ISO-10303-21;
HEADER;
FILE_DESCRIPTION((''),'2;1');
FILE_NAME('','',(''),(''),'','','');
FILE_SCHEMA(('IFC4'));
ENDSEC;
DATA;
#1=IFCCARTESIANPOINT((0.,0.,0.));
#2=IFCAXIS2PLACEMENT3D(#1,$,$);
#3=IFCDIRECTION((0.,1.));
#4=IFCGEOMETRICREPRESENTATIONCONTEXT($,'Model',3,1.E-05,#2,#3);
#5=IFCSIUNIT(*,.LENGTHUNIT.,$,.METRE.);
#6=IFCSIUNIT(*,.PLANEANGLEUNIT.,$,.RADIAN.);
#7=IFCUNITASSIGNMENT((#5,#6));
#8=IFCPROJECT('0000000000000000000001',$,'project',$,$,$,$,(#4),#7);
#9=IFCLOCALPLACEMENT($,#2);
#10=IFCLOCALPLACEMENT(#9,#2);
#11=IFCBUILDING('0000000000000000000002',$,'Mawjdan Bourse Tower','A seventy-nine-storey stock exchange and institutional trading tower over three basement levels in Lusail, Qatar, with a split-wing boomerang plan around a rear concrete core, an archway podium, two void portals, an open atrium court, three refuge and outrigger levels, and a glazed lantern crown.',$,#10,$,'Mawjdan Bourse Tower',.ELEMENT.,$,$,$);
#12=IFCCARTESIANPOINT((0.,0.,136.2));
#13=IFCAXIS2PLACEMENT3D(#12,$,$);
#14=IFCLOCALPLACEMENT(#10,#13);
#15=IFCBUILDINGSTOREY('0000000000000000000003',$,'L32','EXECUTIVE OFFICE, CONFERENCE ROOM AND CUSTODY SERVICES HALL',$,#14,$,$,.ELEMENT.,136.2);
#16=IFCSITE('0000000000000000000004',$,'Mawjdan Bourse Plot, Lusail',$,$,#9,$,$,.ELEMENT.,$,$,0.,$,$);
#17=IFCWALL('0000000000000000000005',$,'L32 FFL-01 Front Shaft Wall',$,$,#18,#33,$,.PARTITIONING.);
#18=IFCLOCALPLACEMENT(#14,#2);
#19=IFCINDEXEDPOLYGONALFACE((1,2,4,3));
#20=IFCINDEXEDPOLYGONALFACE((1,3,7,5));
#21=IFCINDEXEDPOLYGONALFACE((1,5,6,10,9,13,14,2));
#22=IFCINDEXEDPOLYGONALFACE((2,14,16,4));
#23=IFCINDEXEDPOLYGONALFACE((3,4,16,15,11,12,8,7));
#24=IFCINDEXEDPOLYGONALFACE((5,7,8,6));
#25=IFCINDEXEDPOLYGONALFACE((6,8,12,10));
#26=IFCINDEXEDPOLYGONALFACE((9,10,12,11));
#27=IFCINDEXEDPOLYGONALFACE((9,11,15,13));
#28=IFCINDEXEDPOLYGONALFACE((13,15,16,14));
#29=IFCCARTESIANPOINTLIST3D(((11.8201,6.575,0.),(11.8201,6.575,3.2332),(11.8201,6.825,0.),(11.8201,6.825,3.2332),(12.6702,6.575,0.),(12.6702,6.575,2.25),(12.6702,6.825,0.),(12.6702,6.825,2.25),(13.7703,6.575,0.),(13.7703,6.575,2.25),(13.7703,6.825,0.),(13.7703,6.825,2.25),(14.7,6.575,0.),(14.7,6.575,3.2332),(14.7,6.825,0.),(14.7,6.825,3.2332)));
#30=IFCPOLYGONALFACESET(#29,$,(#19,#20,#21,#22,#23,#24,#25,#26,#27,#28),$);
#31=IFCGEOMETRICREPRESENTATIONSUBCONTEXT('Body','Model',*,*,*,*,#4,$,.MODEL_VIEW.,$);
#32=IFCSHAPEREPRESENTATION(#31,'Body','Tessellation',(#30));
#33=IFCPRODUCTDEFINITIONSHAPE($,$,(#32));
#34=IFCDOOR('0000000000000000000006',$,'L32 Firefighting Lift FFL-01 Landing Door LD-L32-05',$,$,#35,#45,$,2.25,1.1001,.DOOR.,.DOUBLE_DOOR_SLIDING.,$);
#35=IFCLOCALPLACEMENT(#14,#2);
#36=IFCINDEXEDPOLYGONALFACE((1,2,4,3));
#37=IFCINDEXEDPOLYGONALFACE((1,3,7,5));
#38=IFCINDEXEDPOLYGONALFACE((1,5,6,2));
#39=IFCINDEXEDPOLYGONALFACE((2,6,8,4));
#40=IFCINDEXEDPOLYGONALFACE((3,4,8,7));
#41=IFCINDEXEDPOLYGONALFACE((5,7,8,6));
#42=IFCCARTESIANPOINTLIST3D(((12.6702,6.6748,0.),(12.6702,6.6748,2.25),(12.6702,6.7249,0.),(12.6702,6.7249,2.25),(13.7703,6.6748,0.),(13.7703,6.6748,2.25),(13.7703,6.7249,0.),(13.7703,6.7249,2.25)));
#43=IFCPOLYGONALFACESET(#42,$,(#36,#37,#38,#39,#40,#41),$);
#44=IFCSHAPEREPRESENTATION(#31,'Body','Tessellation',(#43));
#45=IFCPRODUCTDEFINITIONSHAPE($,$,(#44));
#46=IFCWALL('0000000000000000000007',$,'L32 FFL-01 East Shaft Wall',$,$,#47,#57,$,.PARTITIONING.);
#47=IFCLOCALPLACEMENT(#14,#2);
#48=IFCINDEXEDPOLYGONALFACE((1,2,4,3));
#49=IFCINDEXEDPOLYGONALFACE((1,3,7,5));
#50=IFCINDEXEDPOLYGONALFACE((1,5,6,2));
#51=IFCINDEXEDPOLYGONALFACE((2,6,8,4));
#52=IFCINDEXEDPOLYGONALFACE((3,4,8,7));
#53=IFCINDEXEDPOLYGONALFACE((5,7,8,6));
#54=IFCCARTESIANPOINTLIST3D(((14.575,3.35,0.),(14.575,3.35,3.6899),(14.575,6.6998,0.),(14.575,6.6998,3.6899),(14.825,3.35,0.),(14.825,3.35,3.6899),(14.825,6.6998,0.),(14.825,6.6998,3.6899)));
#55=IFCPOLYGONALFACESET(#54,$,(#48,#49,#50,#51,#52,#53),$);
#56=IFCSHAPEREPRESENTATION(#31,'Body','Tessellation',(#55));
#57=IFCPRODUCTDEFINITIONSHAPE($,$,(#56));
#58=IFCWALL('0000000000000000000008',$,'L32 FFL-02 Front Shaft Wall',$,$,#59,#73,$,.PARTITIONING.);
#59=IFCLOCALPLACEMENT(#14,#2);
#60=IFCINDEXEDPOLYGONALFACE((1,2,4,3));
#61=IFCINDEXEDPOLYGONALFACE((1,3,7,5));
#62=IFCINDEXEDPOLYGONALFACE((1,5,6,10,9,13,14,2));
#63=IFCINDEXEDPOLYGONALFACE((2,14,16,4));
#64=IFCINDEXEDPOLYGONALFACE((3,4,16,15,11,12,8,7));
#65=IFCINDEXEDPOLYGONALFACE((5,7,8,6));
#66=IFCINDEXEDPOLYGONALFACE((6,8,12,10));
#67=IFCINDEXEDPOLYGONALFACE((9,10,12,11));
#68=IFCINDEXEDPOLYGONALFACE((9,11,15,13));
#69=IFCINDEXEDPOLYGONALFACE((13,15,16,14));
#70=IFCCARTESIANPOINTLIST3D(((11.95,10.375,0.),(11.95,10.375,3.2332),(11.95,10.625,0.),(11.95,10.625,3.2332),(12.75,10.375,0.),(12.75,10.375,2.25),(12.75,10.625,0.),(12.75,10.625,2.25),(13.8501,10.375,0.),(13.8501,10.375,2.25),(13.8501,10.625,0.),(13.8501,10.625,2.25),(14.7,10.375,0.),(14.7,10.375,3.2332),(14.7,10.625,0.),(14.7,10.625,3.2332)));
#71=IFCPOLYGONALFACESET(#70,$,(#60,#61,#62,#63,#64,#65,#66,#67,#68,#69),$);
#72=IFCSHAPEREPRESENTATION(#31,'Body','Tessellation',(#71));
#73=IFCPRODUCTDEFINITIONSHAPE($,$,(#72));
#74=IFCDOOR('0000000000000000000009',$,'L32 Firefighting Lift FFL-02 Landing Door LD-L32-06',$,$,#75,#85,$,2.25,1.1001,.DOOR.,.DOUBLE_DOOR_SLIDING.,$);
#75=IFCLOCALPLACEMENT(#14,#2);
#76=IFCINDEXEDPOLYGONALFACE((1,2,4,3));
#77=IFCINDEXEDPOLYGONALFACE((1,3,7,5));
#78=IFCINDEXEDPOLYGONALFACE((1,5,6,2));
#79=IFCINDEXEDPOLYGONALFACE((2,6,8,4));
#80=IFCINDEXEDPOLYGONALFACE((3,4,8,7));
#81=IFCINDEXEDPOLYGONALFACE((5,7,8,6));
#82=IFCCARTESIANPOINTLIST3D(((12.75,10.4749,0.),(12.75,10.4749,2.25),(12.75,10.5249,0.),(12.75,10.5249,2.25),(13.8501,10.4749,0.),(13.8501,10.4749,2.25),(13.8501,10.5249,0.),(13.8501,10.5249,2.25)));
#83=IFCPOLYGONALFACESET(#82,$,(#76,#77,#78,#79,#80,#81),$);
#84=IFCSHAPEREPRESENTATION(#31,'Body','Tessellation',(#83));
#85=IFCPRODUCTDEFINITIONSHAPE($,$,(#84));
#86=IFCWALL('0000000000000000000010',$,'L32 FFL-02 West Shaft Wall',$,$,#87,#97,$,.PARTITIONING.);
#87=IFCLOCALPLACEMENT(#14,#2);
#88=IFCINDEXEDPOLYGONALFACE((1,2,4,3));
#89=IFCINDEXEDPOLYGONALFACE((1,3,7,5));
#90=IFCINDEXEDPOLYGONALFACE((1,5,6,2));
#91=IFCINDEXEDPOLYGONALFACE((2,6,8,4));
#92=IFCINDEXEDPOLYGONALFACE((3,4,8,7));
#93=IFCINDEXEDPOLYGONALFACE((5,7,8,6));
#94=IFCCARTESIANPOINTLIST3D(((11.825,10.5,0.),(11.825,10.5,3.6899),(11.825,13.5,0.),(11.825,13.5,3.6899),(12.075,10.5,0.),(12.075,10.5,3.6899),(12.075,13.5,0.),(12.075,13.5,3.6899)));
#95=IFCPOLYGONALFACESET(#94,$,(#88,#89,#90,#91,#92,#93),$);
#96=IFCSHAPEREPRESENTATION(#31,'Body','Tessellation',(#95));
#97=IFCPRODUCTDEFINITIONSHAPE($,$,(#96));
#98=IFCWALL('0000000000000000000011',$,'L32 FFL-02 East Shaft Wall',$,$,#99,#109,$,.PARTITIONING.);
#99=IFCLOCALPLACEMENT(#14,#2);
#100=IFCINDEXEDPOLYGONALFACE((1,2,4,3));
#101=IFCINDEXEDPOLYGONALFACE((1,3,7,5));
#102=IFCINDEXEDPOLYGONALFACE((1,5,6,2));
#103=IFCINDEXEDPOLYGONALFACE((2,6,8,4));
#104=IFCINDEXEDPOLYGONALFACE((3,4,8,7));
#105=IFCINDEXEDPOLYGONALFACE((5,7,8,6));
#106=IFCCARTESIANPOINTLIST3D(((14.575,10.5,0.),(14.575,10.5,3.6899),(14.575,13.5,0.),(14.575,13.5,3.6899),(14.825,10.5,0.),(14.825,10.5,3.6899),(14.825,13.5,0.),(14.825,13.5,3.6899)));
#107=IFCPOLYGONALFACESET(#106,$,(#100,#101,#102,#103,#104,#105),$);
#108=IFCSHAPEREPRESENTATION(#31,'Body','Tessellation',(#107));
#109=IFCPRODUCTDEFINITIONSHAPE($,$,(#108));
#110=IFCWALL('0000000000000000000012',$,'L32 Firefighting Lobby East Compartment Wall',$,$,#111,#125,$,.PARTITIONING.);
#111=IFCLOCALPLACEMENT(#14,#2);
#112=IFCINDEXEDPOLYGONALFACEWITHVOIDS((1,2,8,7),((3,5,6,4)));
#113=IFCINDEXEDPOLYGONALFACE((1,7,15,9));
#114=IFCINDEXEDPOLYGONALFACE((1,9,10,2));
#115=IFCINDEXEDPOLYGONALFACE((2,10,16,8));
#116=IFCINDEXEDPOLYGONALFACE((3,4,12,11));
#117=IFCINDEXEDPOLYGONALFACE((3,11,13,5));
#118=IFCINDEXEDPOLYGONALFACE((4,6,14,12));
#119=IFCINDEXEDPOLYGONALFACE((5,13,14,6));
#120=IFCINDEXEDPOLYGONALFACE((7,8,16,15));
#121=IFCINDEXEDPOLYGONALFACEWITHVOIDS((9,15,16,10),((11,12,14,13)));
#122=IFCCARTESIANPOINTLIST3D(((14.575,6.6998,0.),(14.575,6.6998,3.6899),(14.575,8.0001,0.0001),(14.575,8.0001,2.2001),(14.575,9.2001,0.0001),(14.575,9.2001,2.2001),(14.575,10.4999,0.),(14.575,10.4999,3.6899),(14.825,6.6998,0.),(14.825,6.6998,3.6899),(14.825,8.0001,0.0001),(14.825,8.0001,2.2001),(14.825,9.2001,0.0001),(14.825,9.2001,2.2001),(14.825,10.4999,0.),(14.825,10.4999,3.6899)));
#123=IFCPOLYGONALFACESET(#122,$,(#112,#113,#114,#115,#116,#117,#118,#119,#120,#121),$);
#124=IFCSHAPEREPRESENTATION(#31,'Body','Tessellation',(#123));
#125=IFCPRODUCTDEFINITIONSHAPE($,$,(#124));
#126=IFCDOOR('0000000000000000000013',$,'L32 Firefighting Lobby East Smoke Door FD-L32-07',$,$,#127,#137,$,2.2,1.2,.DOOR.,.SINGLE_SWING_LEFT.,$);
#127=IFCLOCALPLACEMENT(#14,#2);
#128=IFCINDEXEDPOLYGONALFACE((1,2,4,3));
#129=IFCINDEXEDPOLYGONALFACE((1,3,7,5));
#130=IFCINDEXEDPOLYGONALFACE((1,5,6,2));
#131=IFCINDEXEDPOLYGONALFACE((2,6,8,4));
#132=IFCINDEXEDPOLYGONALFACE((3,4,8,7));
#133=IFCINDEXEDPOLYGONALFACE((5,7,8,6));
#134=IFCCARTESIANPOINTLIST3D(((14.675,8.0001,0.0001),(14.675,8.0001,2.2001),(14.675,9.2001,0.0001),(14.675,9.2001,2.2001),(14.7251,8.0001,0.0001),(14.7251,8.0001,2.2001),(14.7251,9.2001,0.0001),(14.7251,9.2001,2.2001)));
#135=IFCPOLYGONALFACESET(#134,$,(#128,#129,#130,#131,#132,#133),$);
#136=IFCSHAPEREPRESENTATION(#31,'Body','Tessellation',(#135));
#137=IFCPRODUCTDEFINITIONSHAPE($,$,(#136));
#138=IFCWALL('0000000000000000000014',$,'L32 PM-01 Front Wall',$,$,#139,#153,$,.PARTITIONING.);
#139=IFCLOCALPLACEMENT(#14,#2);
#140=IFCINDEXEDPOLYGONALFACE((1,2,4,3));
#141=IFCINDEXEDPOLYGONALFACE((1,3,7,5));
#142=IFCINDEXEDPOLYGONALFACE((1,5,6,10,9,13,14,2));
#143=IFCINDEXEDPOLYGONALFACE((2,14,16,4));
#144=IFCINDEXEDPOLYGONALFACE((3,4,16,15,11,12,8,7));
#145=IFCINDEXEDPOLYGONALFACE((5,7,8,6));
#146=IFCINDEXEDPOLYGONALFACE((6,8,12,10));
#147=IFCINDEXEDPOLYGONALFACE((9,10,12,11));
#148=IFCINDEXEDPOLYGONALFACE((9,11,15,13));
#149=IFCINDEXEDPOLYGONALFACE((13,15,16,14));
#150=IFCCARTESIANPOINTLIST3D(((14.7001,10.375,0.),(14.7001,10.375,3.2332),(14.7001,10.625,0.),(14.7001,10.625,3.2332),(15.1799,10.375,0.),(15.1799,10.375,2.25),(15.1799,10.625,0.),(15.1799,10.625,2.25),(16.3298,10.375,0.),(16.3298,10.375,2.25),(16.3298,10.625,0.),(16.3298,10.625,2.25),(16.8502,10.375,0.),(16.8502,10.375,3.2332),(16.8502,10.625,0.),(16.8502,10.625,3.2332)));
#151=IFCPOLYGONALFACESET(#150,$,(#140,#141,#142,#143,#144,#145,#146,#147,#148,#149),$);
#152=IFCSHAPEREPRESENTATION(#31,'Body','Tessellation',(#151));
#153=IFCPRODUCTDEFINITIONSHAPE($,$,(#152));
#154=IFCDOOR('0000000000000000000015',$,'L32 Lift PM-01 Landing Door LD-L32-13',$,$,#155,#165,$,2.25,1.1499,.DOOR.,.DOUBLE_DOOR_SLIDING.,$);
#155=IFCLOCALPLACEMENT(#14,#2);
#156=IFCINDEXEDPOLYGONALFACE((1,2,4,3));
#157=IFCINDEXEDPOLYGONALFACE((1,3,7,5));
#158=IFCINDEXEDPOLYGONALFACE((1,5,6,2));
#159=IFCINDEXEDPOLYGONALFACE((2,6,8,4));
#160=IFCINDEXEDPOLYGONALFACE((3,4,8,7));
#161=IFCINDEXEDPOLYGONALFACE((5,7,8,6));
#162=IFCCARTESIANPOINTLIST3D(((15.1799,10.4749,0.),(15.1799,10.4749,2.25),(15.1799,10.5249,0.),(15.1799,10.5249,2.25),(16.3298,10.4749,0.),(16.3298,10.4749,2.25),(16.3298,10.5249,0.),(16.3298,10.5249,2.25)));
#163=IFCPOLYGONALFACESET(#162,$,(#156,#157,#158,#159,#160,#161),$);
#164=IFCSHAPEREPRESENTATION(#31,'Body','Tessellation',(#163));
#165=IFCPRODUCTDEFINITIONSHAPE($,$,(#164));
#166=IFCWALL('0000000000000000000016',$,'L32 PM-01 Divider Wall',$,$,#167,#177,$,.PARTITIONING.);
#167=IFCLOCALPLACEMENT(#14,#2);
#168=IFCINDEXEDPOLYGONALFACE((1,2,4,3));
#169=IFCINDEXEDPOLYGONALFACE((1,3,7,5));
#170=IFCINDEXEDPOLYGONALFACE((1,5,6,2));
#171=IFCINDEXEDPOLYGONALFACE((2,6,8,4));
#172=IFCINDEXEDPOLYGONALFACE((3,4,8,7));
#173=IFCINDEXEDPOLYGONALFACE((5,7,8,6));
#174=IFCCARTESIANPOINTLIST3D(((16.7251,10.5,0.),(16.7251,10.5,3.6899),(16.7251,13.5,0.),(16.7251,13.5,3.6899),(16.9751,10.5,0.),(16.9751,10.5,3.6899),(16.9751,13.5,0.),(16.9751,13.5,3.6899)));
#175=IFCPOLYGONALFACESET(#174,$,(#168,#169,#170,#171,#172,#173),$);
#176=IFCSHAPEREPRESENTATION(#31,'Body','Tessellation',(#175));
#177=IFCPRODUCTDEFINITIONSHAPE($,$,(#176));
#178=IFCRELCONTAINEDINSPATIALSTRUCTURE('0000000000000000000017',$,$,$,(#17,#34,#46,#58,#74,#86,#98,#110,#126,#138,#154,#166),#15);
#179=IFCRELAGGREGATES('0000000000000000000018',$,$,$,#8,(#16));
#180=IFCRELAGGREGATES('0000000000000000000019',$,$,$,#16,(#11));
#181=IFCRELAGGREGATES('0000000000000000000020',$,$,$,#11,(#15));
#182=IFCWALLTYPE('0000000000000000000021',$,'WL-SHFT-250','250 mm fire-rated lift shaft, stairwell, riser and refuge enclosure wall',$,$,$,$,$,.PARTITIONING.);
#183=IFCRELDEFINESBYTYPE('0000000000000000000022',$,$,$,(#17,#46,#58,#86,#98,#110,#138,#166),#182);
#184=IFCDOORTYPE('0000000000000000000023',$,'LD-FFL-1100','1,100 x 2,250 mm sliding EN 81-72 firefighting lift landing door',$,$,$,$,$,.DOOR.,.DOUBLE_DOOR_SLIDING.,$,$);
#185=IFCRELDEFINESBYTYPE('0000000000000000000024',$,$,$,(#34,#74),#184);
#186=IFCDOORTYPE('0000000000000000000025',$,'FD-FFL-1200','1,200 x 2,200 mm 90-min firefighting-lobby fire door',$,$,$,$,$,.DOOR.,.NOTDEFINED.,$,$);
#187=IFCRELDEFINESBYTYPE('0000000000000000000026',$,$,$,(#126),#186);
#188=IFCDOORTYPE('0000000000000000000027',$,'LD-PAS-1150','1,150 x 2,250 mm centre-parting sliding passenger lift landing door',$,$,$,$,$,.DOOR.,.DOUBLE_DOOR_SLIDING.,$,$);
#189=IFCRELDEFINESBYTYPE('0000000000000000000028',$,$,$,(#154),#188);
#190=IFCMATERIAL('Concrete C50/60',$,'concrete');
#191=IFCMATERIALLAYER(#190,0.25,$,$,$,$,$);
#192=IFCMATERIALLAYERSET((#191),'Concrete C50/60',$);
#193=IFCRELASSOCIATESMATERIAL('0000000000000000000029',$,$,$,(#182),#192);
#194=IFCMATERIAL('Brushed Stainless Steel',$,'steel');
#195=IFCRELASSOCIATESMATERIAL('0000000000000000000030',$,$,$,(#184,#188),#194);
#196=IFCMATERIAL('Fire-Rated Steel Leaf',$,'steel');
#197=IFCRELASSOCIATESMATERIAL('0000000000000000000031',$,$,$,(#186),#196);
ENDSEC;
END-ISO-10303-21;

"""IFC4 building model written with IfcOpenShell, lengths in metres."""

from ifc_helpers import new_model, si_unit, direction, frame, frame_2d, origin, place, context, subcontext, project, spatial, rectangle, extrude, material, layer, layer_set, type_object, element, fill, save


model = new_model("IFC4")

# Units and contexts
model_context = context("Model", 3, precision=1e-05, world=origin(), true_north=direction((0.0, 1.0)))
body_context = subcontext(model_context, "Body", "Model", "MODEL_VIEW")
ifc_project = project(units=[si_unit("LENGTHUNIT", "METRE"), si_unit("PLANEANGLEUNIT", "RADIAN")], contexts=[model_context])

# Site, building, storey
site_placement = place(None, origin())
site = spatial("IfcSite", under=ifc_project, at=site_placement, Name="Mawjdan Bourse Plot, Lusail", CompositionType="ELEMENT", RefElevation=0.0)
building_placement = place(site_placement, origin())
building = spatial("IfcBuilding", under=site, at=building_placement, Name="Mawjdan Bourse Tower", Description="A seventy-nine-storey stock exchange and institutional trading tower over three basement levels in Lusail, Qatar, with a split-wing boomerang plan around a rear concrete core, an archway podium, two void portals, an open atrium court, three refuge and outrigger levels, and a glazed lantern crown.", LongName="Mawjdan Bourse Tower", CompositionType="ELEMENT")
storey_placement = place(building_placement, frame((0.0, 0.0, 136.2)))
storey = spatial("IfcBuildingStorey", under=building, at=storey_placement, Name="L32", Description="EXECUTIVE OFFICE, CONFERENCE ROOM AND CUSTODY SERVICES HALL", CompositionType="ELEMENT", Elevation=136.2)

# Shared definitions
ifc_material_1 = material(Name="Concrete C50/60", Category="concrete")
ifc_layer_1 = layer(ifc_material_1, 0.25)
ifc_layer_set_1 = layer_set([ifc_layer_1], Name="Concrete C50/60")
wall_type_1 = type_object("IfcWallType", Name="WL-SHFT-250", Description="250 mm fire-rated lift shaft, stairwell, riser and refuge enclosure wall", PredefinedType="PARTITIONING", material=ifc_layer_set_1)

# Wall, opening, door
wall_1_placement = place(storey_placement, frame((11.8201, 6.7, 0.0), z_axis=(0.0, 0.0, 1.0), x_axis=(1.0, 0.0, 0.0)))
wall_1 = element("IfcWall", 1, at=wall_1_placement, inside=storey, type_object=wall_type_1, Name="L32 FFL-01 Front Shaft Wall", PredefinedType="PARTITIONING", context=body_context, shape_type="SweptSolid", body=[
    extrude(rectangle(XDim=2.8799, YDim=0.25, at=frame_2d((1.4399, 0.0))), origin(), (0.0, 0.0, 1.0), 3.2332),
])
opening_1_placement = place(wall_1_placement, frame((0.8501, 0.0, 0.0)))
opening_1 = element("IfcOpeningElement", 2, at=opening_1_placement, cuts=wall_1, PredefinedType="OPENING", context=body_context, shape_type="SweptSolid", body=[
    extrude(rectangle(XDim=1.1001, YDim=2.25, at=frame_2d((0.55, 1.125))), frame((0.0, 0.135, 0.0), z_axis=(0.0, -1.0, 0.0), x_axis=(1.0, 0.0, 0.0)), (0.0, 0.0, 1.0), 0.27),
])
ifc_material_2 = material(Name="Brushed Stainless Steel", Category="steel")
door_type_1 = type_object("IfcDoorType", Name="LD-FFL-1100", Description="1,100 x 2,250 mm sliding EN 81-72 firefighting lift landing door", OperationType="DOUBLE_DOOR_SLIDING", PredefinedType="DOOR", material=ifc_material_2)
door_1_placement = place(opening_1_placement, origin())
door_1 = element("IfcDoor", 3, at=door_1_placement, inside=storey, type_object=door_type_1, Name="L32 Firefighting Lift FFL-01 Landing Door LD-L32-05", OperationType="DOUBLE_DOOR_SLIDING", OverallHeight=2.25, OverallWidth=1.1001, PredefinedType="DOOR", context=body_context, shape_type="SweptSolid", body=[
    extrude(rectangle(XDim=1.1001, YDim=2.25, at=frame_2d((0.55, 1.125))), frame((0.0, 0.0249, 0.0), z_axis=(0.0, -1.0, 0.0), x_axis=(1.0, 0.0, 0.0)), (0.0, 0.0, 1.0), 0.05),
])
fill(opening_1, door_1)

# Wall
wall_2_placement = place(storey_placement, frame((14.7, 3.3501, 0.0), z_axis=(0.0, 0.0, 1.0), x_axis=(0.0, 1.0, 0.0)))
element("IfcWall", 4, at=wall_2_placement, inside=storey, type_object=wall_type_1, Name="L32 FFL-01 East Shaft Wall", PredefinedType="PARTITIONING", context=body_context, shape_type="SweptSolid", body=[
    extrude(rectangle(XDim=3.3499, YDim=0.25, at=frame_2d((1.6748, 0.0))), origin(), (0.0, 0.0, 1.0), 3.6899),
])

# Wall, opening, door
wall_3_placement = place(storey_placement, frame((11.95, 10.5, 0.0), z_axis=(0.0, 0.0, 1.0), x_axis=(1.0, 0.0, 0.0)))
wall_3 = element("IfcWall", 5, at=wall_3_placement, inside=storey, type_object=wall_type_1, Name="L32 FFL-02 Front Shaft Wall", PredefinedType="PARTITIONING", context=body_context, shape_type="SweptSolid", body=[
    extrude(rectangle(XDim=2.75, YDim=0.25, at=frame_2d((1.375, 0.0))), origin(), (0.0, 0.0, 1.0), 3.2332),
])
opening_2_placement = place(wall_3_placement, frame((0.8, 0.0, 0.0)))
opening_2 = element("IfcOpeningElement", 6, at=opening_2_placement, cuts=wall_3, PredefinedType="OPENING", context=body_context, shape_type="SweptSolid", body=[
    extrude(rectangle(XDim=1.1001, YDim=2.25, at=frame_2d((0.55, 1.125))), frame((0.0, 0.135, 0.0), z_axis=(0.0, -1.0, 0.0), x_axis=(1.0, 0.0, 0.0)), (0.0, 0.0, 1.0), 0.27),
])
door_2_placement = place(opening_2_placement, origin())
door_2 = element("IfcDoor", 7, at=door_2_placement, inside=storey, type_object=door_type_1, Name="L32 Firefighting Lift FFL-02 Landing Door LD-L32-06", OperationType="DOUBLE_DOOR_SLIDING", OverallHeight=2.25, OverallWidth=1.1001, PredefinedType="DOOR", context=body_context, shape_type="SweptSolid", body=[
    extrude(rectangle(XDim=1.1001, YDim=2.25, at=frame_2d((0.55, 1.125))), frame((0.0, 0.0249, 0.0), z_axis=(0.0, -1.0, 0.0), x_axis=(1.0, 0.0, 0.0)), (0.0, 0.0, 1.0), 0.05),
])
fill(opening_2, door_2)

# Walls
for number, where, z_axis, x_axis, name in (
    (8, (11.95, 10.5, 0.0), (0.0, 0.0, 1.0), (0.0, 1.0, 0.0), "L32 FFL-02 West Shaft Wall"),
    (9, (14.7, 10.5, 0.0), (0.0, 0.0, 1.0), (0.0, 1.0, 0.0), "L32 FFL-02 East Shaft Wall"),
):
    element("IfcWall", number, at=place(storey_placement, frame(where, z_axis=z_axis, x_axis=x_axis)), inside=storey, type_object=wall_type_1, Name=name, PredefinedType="PARTITIONING", context=body_context, shape_type="SweptSolid", body=[
        extrude(rectangle(XDim=3.0, YDim=0.25, at=frame_2d((1.5, 0.0))), origin(), (0.0, 0.0, 1.0), 3.6899),
    ])

# Walls, openings, doors
wall_4_placement = place(storey_placement, frame((14.7, 6.7, 0.0), z_axis=(0.0, 0.0, 1.0), x_axis=(0.0, 1.0, 0.0)))
wall_4 = element("IfcWall", 10, at=wall_4_placement, inside=storey, type_object=wall_type_1, Name="L32 Firefighting Lobby East Compartment Wall", PredefinedType="PARTITIONING", context=body_context, shape_type="SweptSolid", body=[
    extrude(rectangle(XDim=3.8, YDim=0.25, at=frame_2d((1.8999, 0.0))), origin(), (0.0, 0.0, 1.0), 3.6899),
])
opening_3_placement = place(wall_4_placement, frame((1.3, 0.0, 0.0)))
opening_3 = element("IfcOpeningElement", 11, at=opening_3_placement, cuts=wall_4, PredefinedType="OPENING", context=body_context, shape_type="SweptSolid", body=[
    extrude(rectangle(XDim=1.2, YDim=2.2, at=frame_2d((0.6001, 1.1001))), frame((0.0, 0.135, 0.0), z_axis=(0.0, -1.0, 0.0), x_axis=(1.0, 0.0, 0.0)), (0.0, 0.0, 1.0), 0.27),
])
ifc_material_3 = material(Name="Fire-Rated Steel Leaf", Category="steel")
door_type_2 = type_object("IfcDoorType", Name="FD-FFL-1200", Description="1,200 x 2,200 mm 90-min firefighting-lobby fire door", OperationType="NOTDEFINED", PredefinedType="DOOR", material=ifc_material_3)
door_3_placement = place(opening_3_placement, origin())
door_3 = element("IfcDoor", 12, at=door_3_placement, inside=storey, type_object=door_type_2, Name="L32 Firefighting Lobby East Smoke Door FD-L32-07", OperationType="SINGLE_SWING_LEFT", OverallHeight=2.2, OverallWidth=1.2, PredefinedType="DOOR", context=body_context, shape_type="SweptSolid", body=[
    extrude(rectangle(XDim=1.2, YDim=2.2, at=frame_2d((0.6001, 1.1001))), frame((0.0, 0.0249, 0.0), z_axis=(0.0, -1.0, 0.0), x_axis=(1.0, 0.0, 0.0)), (0.0, 0.0, 1.0), 0.05),
])
fill(opening_3, door_3)
wall_5_placement = place(storey_placement, frame((14.7, 10.5, 0.0), z_axis=(0.0, 0.0, 1.0), x_axis=(1.0, 0.0, 0.0)))
wall_5 = element("IfcWall", 13, at=wall_5_placement, inside=storey, type_object=wall_type_1, Name="L32 PM-01 Front Wall", PredefinedType="PARTITIONING", context=body_context, shape_type="SweptSolid", body=[
    extrude(rectangle(XDim=2.1501, YDim=0.25, at=frame_2d((1.0752, 0.0))), origin(), (0.0, 0.0, 1.0), 3.2332),
])
opening_4_placement = place(wall_5_placement, frame((0.48, 0.0, 0.0)))
opening_4 = element("IfcOpeningElement", 14, at=opening_4_placement, cuts=wall_5, PredefinedType="OPENING", context=body_context, shape_type="SweptSolid", body=[
    extrude(rectangle(XDim=1.1499, YDim=2.25, at=frame_2d((0.575, 1.125))), frame((0.0, 0.135, 0.0), z_axis=(0.0, -1.0, 0.0), x_axis=(1.0, 0.0, 0.0)), (0.0, 0.0, 1.0), 0.27),
])
door_type_3 = type_object("IfcDoorType", Name="LD-PAS-1150", Description="1,150 x 2,250 mm centre-parting sliding passenger lift landing door", OperationType="DOUBLE_DOOR_SLIDING", PredefinedType="DOOR", material=ifc_material_2)
door_4_placement = place(opening_4_placement, origin())
door_4 = element("IfcDoor", 15, at=door_4_placement, inside=storey, type_object=door_type_3, Name="L32 Lift PM-01 Landing Door LD-L32-13", OperationType="DOUBLE_DOOR_SLIDING", OverallHeight=2.25, OverallWidth=1.1499, PredefinedType="DOOR", context=body_context, shape_type="SweptSolid", body=[
    extrude(rectangle(XDim=1.1499, YDim=2.25, at=frame_2d((0.575, 1.125))), frame((0.0, 0.0249, 0.0), z_axis=(0.0, -1.0, 0.0), x_axis=(1.0, 0.0, 0.0)), (0.0, 0.0, 1.0), 0.05),
])
fill(opening_4, door_4)

# Wall
wall_6_placement = place(storey_placement, frame((16.8501, 10.5, 0.0), z_axis=(0.0, 0.0, 1.0), x_axis=(0.0, 1.0, 0.0)))
element("IfcWall", 16, at=wall_6_placement, inside=storey, type_object=wall_type_1, Name="L32 PM-01 Divider Wall", PredefinedType="PARTITIONING", context=body_context, shape_type="SweptSolid", body=[
    extrude(rectangle(XDim=3.0, YDim=0.25, at=frame_2d((1.5, 0.0))), origin(), (0.0, 0.0, 1.0), 3.6899),
])

save(model, "model.ifc")
